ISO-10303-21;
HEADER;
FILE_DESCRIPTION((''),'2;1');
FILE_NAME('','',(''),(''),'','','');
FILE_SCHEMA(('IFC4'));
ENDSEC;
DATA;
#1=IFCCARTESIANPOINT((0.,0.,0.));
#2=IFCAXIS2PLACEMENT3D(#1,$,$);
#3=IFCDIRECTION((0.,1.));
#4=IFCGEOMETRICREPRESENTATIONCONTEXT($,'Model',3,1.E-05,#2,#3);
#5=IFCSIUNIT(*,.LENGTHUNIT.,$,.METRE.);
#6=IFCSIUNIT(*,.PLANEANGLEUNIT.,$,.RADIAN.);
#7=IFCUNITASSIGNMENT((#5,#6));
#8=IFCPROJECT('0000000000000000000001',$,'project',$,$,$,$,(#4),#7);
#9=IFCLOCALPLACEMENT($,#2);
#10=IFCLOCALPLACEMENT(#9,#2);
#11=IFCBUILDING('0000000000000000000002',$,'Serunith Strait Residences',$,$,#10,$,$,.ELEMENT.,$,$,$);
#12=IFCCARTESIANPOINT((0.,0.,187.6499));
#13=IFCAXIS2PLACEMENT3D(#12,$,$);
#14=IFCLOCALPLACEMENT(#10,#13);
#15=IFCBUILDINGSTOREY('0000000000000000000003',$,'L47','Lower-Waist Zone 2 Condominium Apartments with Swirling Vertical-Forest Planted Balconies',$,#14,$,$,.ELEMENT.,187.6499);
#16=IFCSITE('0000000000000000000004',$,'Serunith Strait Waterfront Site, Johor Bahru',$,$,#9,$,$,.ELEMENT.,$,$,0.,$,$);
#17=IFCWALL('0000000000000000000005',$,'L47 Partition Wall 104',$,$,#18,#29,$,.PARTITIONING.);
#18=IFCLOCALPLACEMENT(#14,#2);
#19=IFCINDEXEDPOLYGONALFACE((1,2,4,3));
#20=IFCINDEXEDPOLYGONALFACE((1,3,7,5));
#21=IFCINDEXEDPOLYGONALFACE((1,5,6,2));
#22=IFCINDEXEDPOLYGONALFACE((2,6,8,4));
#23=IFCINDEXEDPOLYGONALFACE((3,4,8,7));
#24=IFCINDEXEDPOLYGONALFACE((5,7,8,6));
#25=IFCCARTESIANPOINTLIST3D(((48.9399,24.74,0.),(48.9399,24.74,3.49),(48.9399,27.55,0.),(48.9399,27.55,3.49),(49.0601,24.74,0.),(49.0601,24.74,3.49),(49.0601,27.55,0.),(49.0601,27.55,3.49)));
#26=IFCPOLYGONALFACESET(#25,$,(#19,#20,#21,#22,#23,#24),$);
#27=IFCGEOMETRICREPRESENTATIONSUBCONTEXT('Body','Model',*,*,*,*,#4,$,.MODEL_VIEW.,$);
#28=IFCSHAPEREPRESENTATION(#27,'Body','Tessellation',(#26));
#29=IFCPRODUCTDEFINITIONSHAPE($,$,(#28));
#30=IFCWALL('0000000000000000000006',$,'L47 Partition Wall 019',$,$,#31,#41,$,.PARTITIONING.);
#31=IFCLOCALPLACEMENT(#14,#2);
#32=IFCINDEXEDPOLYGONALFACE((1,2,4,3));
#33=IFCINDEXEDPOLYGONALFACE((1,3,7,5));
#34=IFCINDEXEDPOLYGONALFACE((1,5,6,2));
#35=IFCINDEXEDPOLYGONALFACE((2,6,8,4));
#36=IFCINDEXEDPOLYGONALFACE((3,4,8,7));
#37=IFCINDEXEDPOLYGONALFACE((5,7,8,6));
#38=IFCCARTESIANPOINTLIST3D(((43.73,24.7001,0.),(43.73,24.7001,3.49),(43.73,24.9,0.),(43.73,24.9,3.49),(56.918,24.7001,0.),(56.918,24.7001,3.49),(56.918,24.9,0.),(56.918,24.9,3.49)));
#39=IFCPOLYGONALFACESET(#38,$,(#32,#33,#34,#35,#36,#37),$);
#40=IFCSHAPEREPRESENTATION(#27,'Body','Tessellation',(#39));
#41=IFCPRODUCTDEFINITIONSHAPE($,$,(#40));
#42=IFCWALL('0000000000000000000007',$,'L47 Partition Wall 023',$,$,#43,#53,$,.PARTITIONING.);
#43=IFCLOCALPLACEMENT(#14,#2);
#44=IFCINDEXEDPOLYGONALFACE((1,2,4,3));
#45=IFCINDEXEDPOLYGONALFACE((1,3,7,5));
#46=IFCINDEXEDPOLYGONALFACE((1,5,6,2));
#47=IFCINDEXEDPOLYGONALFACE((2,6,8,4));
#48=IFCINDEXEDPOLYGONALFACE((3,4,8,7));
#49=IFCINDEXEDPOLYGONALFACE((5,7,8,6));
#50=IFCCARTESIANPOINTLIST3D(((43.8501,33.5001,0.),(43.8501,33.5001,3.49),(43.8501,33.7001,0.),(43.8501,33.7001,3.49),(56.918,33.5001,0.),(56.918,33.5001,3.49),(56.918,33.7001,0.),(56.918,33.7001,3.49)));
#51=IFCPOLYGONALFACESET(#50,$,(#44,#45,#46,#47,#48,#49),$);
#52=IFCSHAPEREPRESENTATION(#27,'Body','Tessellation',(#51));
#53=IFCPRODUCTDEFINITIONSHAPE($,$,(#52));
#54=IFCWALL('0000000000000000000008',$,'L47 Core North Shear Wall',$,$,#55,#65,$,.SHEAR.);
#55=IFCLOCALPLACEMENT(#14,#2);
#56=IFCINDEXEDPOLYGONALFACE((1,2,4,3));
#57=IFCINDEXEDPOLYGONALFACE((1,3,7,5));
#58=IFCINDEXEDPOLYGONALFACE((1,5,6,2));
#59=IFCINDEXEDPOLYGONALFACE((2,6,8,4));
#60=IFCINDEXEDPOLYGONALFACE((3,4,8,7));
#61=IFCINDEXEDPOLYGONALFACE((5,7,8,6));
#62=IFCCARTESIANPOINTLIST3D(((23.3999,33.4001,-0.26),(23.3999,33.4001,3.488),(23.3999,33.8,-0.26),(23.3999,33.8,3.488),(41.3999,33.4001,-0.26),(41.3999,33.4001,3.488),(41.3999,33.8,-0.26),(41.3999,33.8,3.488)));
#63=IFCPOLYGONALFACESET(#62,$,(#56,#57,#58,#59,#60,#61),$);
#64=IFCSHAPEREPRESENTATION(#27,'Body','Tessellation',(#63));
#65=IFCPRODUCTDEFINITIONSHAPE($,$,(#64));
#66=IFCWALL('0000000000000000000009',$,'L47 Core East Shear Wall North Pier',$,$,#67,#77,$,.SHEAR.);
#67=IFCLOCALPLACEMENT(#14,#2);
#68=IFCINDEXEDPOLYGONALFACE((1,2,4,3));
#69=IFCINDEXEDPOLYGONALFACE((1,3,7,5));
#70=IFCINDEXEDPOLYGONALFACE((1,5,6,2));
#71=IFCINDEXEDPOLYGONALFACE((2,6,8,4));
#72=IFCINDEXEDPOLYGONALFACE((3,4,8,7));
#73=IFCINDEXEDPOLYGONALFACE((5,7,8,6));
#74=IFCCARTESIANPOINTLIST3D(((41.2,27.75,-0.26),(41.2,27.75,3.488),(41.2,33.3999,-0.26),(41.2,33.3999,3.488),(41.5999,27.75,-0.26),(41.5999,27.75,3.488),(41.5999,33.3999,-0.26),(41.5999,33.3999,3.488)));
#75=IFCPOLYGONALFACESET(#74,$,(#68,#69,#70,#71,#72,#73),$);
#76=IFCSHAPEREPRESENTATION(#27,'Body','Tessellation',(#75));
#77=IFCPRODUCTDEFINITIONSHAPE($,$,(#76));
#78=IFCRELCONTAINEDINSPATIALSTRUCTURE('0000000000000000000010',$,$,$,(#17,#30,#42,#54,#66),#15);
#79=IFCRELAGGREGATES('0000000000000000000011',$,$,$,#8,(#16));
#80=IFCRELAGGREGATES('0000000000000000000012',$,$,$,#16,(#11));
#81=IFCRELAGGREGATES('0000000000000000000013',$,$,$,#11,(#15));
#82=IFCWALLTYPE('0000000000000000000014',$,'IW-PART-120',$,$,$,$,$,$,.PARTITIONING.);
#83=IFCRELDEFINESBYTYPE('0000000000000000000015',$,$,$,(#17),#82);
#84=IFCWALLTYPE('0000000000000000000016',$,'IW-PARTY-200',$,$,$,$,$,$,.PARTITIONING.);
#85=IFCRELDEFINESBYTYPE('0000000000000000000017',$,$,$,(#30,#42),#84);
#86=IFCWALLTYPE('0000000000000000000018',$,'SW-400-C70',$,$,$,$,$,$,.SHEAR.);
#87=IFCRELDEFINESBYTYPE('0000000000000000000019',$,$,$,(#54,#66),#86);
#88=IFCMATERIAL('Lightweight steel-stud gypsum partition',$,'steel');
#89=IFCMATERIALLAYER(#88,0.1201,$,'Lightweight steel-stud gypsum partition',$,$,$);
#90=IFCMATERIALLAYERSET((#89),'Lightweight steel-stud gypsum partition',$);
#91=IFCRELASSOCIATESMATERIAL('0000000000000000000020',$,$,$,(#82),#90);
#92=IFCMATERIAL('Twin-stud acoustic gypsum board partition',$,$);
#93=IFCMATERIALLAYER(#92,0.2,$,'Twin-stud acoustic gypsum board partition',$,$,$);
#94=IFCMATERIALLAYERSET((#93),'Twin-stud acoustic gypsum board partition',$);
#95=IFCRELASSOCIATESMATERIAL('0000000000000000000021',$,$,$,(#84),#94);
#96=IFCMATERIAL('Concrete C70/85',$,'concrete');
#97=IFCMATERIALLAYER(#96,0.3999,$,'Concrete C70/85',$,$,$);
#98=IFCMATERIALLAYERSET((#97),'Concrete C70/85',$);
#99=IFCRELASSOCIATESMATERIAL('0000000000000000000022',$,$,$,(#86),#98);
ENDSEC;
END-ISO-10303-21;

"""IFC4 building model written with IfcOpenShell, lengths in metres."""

from ifc_helpers import new_model, si_unit, direction, frame, frame_2d, origin, place, context, subcontext, project, spatial, rectangle, extrude, material, layer, layer_set, type_object, element, save


model = new_model("IFC4")

# Units and contexts
model_context = context("Model", 3, precision=1e-05, world=origin(), true_north=direction((0.0, 1.0)))
body_context = subcontext(model_context, "Body", "Model", "MODEL_VIEW")
ifc_project = project(units=[si_unit("LENGTHUNIT", "METRE"), si_unit("PLANEANGLEUNIT", "RADIAN")], contexts=[model_context])

# Site, building, storey
site_placement = place(None, origin())
site = spatial("IfcSite", under=ifc_project, at=site_placement, Name="Serunith Strait Waterfront Site, Johor Bahru", CompositionType="ELEMENT", RefElevation=0.0)
building_placement = place(site_placement, origin())
building = spatial("IfcBuilding", under=site, at=building_placement, Name="Serunith Strait Residences", CompositionType="ELEMENT")
storey_placement = place(building_placement, frame((0.0, 0.0, 187.6499)))
storey = spatial("IfcBuildingStorey", under=building, at=storey_placement, Name="L47", Description="Lower-Waist Zone 2 Condominium Apartments with Swirling Vertical-Forest Planted Balconies", CompositionType="ELEMENT", Elevation=187.6499)

# Shared definitions
ifc_material_1 = material(Name="Lightweight steel-stud gypsum partition", Category="steel")
ifc_layer_1 = layer(ifc_material_1, 0.1201, Name="Lightweight steel-stud gypsum partition")
ifc_layer_set_1 = layer_set([ifc_layer_1], Name="Lightweight steel-stud gypsum partition")
wall_type_1 = type_object("IfcWallType", Name="IW-PART-120", PredefinedType="PARTITIONING", material=ifc_layer_set_1)

# Walls
for number, where, z_axis, x_axis, name in (
    (1, (49.0, 24.74, 0.0), (0.0, 0.0, 1.0), (0.0, 1.0, 0.0), "L47 Partition Wall 104"),
):
    element("IfcWall", number, at=place(storey_placement, frame(where, z_axis=z_axis, x_axis=x_axis)), inside=storey, type_object=wall_type_1, Name=name, PredefinedType="PARTITIONING", context=body_context, shape_type="SweptSolid", body=[
        extrude(rectangle(XDim=2.8101, YDim=0.1201, at=frame_2d((1.405, 0.0))), origin(), (0.0, 0.0, 1.0), 3.49),
    ])
ifc_material_2 = material(Name="Twin-stud acoustic gypsum board partition")
ifc_layer_2 = layer(ifc_material_2, 0.2, Name="Twin-stud acoustic gypsum board partition")
ifc_layer_set_2 = layer_set([ifc_layer_2], Name="Twin-stud acoustic gypsum board partition")
wall_type_2 = type_object("IfcWallType", Name="IW-PARTY-200", PredefinedType="PARTITIONING", material=ifc_layer_set_2)
wall_1_placement = place(storey_placement, frame((43.73, 24.8, 0.0), z_axis=(0.0, 0.0, 1.0), x_axis=(1.0, 0.0, 0.0)))
element("IfcWall", 2, at=wall_1_placement, inside=storey, type_object=wall_type_2, Name="L47 Partition Wall 019", PredefinedType="PARTITIONING", context=body_context, shape_type="SweptSolid", body=[
    extrude(rectangle(XDim=13.188, YDim=0.2, at=frame_2d((6.594, 0.0))), origin(), (0.0, 0.0, 1.0), 3.49),
])
wall_2_placement = place(storey_placement, frame((43.8501, 33.6001, 0.0), z_axis=(0.0, 0.0, 1.0), x_axis=(1.0, 0.0, 0.0)))
element("IfcWall", 3, at=wall_2_placement, inside=storey, type_object=wall_type_2, Name="L47 Partition Wall 023", PredefinedType="PARTITIONING", context=body_context, shape_type="SweptSolid", body=[
    extrude(rectangle(XDim=13.0679, YDim=0.2, at=frame_2d((6.5339, 0.0))), origin(), (0.0, 0.0, 1.0), 3.49),
])

# Walls
ifc_material_3 = material(Name="Concrete C70/85", Category="concrete")
ifc_layer_3 = layer(ifc_material_3, 0.3999, Name="Concrete C70/85")
ifc_layer_set_3 = layer_set([ifc_layer_3], Name="Concrete C70/85")
wall_type_3 = type_object("IfcWallType", Name="SW-400-C70", PredefinedType="SHEAR", material=ifc_layer_set_3)
wall_3_placement = place(storey_placement, frame((41.3999, 33.6001, -0.26), z_axis=(0.0, 0.0, 1.0), x_axis=(-1.0, 0.0, 0.0)))
element("IfcWall", 4, at=wall_3_placement, inside=storey, type_object=wall_type_3, Name="L47 Core North Shear Wall", PredefinedType="SHEAR", context=body_context, shape_type="SweptSolid", body=[
    extrude(rectangle(XDim=18.0, YDim=0.3999, at=frame_2d((9.0, 0.0))), origin(), (0.0, 0.0, 1.0), 3.748),
])
wall_4_placement = place(storey_placement, frame((41.3999, 27.75, -0.26), z_axis=(0.0, 0.0, 1.0), x_axis=(0.0, 1.0, 0.0)))
element("IfcWall", 5, at=wall_4_placement, inside=storey, type_object=wall_type_3, Name="L47 Core East Shear Wall North Pier", PredefinedType="SHEAR", context=body_context, shape_type="SweptSolid", body=[
    extrude(rectangle(XDim=5.6499, YDim=0.3999, at=frame_2d((2.825, 0.0))), origin(), (0.0, 0.0, 1.0), 3.748),
])

save(model, "model.ifc")
